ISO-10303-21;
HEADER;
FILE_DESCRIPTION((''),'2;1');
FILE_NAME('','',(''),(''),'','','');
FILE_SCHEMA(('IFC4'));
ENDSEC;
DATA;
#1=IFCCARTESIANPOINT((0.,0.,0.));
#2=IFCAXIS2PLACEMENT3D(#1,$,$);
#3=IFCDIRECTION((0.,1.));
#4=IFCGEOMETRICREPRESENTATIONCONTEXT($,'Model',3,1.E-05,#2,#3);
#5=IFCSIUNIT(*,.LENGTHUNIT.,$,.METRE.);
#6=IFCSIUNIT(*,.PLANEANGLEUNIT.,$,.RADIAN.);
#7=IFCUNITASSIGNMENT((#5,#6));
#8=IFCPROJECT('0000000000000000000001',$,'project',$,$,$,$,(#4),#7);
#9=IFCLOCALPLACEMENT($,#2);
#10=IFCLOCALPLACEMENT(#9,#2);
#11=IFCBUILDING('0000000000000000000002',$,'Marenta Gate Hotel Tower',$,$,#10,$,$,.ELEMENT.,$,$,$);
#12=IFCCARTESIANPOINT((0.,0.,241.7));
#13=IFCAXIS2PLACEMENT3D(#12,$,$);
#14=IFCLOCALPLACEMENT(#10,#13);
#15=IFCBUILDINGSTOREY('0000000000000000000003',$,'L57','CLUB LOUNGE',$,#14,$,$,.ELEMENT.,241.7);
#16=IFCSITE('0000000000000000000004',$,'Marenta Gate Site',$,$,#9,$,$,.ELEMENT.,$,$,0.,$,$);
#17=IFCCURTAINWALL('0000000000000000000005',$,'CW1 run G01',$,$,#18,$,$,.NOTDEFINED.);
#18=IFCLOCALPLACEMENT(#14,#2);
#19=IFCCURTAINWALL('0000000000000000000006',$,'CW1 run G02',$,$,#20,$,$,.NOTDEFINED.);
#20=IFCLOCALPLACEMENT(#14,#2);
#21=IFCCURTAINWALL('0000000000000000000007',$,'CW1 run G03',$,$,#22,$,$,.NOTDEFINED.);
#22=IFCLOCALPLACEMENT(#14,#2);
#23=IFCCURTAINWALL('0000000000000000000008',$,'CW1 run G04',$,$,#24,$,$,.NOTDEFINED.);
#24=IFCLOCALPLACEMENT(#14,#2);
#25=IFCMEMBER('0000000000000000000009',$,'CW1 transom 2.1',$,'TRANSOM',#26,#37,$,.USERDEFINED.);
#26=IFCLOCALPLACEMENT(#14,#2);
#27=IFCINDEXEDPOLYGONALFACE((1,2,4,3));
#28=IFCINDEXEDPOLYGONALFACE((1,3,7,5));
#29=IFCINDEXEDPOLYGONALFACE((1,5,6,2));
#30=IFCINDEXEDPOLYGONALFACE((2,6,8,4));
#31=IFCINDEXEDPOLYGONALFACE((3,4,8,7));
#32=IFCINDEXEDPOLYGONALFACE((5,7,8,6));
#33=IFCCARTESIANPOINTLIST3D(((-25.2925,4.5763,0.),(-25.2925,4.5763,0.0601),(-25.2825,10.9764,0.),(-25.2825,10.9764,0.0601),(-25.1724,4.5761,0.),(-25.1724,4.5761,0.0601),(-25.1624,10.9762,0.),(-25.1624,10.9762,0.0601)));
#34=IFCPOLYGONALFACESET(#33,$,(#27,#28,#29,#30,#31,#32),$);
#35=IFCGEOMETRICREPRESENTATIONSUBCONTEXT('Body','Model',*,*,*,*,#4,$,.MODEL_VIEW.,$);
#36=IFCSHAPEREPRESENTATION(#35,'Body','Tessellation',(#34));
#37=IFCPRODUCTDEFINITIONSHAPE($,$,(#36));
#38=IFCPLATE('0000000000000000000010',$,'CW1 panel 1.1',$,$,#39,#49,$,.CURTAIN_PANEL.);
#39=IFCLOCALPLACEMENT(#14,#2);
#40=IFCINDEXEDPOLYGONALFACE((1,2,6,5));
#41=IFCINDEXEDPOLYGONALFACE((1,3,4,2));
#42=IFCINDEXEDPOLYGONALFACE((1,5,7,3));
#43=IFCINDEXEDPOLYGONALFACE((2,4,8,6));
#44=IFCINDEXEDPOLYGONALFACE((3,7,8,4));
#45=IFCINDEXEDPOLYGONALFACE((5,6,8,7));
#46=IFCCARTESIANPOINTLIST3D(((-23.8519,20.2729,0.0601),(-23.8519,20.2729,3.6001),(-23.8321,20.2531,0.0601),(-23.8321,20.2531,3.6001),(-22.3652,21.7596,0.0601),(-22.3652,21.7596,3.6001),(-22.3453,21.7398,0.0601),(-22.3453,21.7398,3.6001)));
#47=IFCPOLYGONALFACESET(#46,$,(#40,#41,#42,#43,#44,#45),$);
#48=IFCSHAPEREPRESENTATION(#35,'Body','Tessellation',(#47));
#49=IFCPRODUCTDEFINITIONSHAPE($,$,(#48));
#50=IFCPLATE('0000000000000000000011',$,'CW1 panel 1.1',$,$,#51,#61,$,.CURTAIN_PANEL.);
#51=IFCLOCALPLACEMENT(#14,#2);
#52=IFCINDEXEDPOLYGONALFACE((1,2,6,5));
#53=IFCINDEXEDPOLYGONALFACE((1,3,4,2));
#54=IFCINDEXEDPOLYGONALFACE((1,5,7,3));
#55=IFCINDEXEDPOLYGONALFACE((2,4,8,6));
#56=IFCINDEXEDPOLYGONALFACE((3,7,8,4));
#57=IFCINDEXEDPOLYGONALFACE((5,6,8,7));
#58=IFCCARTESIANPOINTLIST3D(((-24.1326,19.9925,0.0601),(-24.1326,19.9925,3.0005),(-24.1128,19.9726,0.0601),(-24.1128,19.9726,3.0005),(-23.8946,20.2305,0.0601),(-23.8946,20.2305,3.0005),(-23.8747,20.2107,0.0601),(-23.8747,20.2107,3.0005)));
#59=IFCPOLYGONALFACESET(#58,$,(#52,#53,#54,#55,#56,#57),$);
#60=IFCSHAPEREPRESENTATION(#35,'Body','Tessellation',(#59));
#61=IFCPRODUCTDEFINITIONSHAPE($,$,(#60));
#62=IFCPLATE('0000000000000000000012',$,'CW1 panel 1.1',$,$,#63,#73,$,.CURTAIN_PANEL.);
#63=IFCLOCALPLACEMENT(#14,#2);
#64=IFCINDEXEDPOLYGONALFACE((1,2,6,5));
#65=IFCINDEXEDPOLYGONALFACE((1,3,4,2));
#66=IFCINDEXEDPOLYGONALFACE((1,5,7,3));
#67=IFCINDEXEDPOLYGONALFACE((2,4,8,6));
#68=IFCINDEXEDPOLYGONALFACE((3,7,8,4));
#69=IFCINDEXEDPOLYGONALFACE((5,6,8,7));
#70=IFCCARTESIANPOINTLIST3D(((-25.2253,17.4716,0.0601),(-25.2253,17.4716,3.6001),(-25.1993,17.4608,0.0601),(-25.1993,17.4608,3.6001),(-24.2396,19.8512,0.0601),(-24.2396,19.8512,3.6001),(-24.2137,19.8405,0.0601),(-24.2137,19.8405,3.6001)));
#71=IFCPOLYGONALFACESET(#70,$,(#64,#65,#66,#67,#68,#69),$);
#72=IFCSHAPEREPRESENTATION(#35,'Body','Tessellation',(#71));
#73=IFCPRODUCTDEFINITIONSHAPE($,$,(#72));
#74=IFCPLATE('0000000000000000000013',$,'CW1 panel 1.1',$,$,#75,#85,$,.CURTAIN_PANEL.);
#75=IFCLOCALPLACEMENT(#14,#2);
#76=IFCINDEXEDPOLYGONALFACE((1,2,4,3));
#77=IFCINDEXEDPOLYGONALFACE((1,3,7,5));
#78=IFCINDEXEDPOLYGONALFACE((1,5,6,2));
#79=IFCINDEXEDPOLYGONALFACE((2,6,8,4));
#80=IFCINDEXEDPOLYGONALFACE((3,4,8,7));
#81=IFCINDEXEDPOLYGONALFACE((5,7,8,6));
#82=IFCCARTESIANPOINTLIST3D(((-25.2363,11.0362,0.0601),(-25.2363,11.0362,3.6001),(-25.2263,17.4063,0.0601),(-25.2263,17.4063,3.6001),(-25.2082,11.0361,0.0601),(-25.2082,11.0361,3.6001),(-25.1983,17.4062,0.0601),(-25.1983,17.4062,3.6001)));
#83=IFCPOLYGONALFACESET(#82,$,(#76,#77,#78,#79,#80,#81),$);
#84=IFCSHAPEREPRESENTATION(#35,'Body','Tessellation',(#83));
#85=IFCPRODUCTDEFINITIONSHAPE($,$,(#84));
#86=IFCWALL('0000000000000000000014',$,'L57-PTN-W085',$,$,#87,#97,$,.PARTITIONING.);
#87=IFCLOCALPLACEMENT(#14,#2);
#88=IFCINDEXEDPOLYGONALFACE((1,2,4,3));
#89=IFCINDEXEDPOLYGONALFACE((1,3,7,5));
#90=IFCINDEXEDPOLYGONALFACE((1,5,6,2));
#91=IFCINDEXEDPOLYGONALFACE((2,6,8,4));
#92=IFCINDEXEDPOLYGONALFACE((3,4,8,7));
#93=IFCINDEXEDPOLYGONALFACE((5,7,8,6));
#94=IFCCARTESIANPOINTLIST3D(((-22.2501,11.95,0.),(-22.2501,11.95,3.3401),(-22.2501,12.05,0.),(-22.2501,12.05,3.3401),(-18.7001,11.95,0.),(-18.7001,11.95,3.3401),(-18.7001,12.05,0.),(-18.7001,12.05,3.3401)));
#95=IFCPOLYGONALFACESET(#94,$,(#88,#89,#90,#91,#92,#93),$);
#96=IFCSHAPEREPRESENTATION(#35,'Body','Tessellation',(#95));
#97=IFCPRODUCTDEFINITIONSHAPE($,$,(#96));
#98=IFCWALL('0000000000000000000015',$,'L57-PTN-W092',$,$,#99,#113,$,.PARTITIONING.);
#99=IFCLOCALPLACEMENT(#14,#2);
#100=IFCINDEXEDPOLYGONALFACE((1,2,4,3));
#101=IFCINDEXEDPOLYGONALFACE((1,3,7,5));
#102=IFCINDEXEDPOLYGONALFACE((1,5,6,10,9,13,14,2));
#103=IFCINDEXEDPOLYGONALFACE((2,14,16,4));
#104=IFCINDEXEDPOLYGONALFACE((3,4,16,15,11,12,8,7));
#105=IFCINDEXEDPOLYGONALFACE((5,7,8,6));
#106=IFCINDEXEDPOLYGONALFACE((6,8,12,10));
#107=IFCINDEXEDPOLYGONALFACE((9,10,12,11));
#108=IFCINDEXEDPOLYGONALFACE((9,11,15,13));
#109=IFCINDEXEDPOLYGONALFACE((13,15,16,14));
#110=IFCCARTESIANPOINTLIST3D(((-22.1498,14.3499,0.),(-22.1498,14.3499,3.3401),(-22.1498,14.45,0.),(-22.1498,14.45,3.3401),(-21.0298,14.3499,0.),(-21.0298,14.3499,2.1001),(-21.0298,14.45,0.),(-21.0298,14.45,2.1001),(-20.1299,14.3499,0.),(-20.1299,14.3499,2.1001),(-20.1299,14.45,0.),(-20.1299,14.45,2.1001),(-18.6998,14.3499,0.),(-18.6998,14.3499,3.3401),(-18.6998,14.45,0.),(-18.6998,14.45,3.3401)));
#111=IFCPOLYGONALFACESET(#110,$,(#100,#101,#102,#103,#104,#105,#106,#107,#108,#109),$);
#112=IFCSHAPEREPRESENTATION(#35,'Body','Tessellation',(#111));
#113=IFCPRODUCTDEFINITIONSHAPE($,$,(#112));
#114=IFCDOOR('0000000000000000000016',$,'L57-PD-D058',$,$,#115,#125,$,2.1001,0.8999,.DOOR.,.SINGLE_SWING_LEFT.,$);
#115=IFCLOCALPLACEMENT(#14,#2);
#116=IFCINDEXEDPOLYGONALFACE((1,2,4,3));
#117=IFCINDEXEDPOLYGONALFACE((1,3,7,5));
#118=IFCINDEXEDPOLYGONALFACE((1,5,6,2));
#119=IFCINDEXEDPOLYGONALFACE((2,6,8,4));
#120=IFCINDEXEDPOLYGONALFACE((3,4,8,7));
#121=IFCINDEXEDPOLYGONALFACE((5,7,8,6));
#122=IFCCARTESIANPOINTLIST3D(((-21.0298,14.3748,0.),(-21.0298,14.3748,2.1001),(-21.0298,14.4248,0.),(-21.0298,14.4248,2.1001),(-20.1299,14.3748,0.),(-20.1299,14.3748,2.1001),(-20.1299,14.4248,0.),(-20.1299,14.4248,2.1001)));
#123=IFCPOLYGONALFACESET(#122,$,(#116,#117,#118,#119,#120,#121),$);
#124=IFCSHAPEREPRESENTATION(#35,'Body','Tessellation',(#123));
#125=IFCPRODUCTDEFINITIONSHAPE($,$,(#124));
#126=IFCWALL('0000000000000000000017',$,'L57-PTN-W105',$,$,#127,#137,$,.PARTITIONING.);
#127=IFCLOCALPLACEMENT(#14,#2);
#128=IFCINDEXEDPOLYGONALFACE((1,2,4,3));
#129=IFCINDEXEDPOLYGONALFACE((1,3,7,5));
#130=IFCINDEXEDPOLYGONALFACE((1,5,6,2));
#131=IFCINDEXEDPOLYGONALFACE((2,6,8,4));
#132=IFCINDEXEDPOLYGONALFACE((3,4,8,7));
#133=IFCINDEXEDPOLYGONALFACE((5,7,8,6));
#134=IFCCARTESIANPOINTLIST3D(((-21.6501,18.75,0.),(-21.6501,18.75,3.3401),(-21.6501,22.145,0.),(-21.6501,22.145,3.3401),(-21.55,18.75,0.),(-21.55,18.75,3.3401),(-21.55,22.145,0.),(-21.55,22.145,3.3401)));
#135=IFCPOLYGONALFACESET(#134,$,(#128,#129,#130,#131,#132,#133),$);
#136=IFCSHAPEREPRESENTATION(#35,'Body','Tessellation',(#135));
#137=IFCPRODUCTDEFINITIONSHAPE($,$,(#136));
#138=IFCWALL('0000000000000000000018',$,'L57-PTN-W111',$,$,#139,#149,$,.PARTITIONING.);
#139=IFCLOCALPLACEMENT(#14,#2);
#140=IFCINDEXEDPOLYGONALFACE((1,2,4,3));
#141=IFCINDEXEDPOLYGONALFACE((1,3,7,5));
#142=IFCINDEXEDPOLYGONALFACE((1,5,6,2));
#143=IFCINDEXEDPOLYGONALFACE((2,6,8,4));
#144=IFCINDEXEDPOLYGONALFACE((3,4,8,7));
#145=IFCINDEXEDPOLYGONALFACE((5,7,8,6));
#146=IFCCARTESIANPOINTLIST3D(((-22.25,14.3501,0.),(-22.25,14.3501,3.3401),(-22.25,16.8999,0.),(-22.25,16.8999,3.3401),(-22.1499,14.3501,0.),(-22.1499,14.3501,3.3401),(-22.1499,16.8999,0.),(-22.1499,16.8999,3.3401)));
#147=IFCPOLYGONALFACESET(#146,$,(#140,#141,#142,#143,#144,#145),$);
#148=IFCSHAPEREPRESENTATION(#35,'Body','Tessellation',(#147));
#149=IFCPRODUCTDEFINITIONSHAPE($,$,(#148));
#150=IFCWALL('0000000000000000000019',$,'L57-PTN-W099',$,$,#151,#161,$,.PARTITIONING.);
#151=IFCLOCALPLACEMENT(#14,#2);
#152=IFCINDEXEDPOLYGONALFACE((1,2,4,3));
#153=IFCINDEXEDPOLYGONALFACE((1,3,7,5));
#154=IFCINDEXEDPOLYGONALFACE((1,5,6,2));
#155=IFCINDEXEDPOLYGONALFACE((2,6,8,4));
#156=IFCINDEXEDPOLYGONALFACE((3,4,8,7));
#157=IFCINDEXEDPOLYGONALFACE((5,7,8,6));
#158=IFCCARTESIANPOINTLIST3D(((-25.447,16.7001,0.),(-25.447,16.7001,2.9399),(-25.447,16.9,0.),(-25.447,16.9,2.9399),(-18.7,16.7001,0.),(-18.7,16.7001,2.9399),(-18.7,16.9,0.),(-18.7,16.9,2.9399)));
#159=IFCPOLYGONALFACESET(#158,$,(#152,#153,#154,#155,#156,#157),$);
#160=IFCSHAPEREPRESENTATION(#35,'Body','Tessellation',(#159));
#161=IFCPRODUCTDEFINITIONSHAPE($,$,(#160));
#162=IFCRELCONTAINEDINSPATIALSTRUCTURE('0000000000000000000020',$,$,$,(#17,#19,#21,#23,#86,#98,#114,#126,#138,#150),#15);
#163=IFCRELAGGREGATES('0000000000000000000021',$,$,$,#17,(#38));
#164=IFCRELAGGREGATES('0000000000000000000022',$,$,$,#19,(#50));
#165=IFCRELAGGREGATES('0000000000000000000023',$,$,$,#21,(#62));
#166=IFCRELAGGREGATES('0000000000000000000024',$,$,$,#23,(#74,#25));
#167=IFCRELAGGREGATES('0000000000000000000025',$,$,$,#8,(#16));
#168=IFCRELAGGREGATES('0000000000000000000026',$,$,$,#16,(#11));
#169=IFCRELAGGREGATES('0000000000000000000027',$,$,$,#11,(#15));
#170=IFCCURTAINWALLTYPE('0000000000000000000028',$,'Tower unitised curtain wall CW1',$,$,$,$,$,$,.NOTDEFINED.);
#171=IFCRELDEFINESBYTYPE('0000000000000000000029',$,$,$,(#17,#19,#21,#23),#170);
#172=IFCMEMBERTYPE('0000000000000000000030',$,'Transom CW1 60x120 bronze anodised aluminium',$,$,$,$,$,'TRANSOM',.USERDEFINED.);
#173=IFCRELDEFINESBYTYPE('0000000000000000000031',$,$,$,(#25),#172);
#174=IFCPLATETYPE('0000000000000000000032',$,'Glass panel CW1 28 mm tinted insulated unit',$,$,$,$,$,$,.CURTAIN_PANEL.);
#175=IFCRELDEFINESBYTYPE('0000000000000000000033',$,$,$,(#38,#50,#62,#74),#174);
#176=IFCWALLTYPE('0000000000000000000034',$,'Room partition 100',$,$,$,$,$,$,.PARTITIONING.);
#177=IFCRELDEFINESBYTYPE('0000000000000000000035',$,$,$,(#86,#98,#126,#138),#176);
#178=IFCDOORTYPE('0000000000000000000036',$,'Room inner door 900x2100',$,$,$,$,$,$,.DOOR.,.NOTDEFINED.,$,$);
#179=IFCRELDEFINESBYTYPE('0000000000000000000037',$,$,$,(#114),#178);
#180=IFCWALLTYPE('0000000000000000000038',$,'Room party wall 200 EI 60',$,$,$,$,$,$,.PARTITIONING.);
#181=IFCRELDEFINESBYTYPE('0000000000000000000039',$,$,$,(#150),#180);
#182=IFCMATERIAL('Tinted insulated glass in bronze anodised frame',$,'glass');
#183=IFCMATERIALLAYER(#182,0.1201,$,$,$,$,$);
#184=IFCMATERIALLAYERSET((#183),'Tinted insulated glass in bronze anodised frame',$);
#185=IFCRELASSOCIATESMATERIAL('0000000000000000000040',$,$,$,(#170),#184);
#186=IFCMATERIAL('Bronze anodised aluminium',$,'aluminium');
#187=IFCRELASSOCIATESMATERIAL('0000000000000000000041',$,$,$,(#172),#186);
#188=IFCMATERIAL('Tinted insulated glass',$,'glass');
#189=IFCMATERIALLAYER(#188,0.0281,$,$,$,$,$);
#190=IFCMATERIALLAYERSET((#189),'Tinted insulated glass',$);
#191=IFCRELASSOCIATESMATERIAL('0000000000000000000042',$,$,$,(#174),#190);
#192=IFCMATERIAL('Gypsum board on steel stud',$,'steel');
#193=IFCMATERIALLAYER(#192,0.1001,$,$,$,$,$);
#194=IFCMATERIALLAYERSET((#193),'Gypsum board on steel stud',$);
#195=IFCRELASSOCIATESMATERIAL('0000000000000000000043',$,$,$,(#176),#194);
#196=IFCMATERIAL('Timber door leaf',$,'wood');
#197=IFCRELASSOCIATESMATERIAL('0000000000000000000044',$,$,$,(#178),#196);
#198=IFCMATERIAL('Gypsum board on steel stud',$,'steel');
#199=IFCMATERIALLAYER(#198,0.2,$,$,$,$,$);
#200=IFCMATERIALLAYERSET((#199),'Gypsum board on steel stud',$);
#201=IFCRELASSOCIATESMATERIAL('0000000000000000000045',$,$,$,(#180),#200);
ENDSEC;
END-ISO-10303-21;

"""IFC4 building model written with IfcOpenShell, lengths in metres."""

from ifc_helpers import new_model, si_unit, direction, frame, frame_2d, origin, origin_2d, place, context, subcontext, project, spatial, rectangle, extrude, material, layer, layer_set, material_profile, profile_set, type_object, element, fill, aggregate, save


model = new_model("IFC4")

# Units and contexts
model_context = context("Model", 3, precision=1e-05, world=origin(), true_north=direction((0.0, 1.0)))
body_context = subcontext(model_context, "Body", "Model", "MODEL_VIEW")
ifc_project = project(units=[si_unit("LENGTHUNIT", "METRE"), si_unit("PLANEANGLEUNIT", "RADIAN")], contexts=[model_context])

# Site, building, storey
site_placement = place(None, origin())
site = spatial("IfcSite", under=ifc_project, at=site_placement, Name="Marenta Gate Site", CompositionType="ELEMENT", RefElevation=0.0)
building_placement = place(site_placement, origin())
building = spatial("IfcBuilding", under=site, at=building_placement, Name="Marenta Gate Hotel Tower", CompositionType="ELEMENT")
storey_placement = place(building_placement, frame((0.0, 0.0, 241.7)))
storey = spatial("IfcBuildingStorey", under=building, at=storey_placement, Name="L57", Description="CLUB LOUNGE", CompositionType="ELEMENT", Elevation=241.7)

# Curtain wall
ifc_material_1 = material(Name="Tinted insulated glass in bronze anodised frame", Category="glass")
ifc_layer_1 = layer(ifc_material_1, 0.1201)
ifc_layer_set_1 = layer_set([ifc_layer_1], Name="Tinted insulated glass in bronze anodised frame")
curtain_wall_type = type_object("IfcCurtainWallType", Name="Tower unitised curtain wall CW1", PredefinedType="NOTDEFINED", material=ifc_layer_set_1)
curtain_wall_1_placement = place(storey_placement, origin())
curtain_wall_1 = element("IfcCurtainWall", 1, at=curtain_wall_1_placement, inside=storey, type_object=curtain_wall_type, Name="CW1 run G01", PredefinedType="NOTDEFINED")

# Curtain wall
curtain_wall_2_placement = place(storey_placement, origin())
curtain_wall_2 = element("IfcCurtainWall", 2, at=curtain_wall_2_placement, inside=storey, type_object=curtain_wall_type, Name="CW1 run G02", PredefinedType="NOTDEFINED")

# Curtain wall
curtain_wall_3_placement = place(storey_placement, origin())
curtain_wall_3 = element("IfcCurtainWall", 3, at=curtain_wall_3_placement, inside=storey, type_object=curtain_wall_type, Name="CW1 run G03", PredefinedType="NOTDEFINED")

# Curtain wall
curtain_wall_4_placement = place(storey_placement, origin())
curtain_wall_4 = element("IfcCurtainWall", 4, at=curtain_wall_4_placement, inside=storey, type_object=curtain_wall_type, Name="CW1 run G04", PredefinedType="NOTDEFINED")

# Member
ifc_material_2 = material(Name="Bronze anodised aluminium", Category="aluminium")
ifc_material_profile_1 = material_profile(ifc_material_2, rectangle(XDim=0.1201, YDim=0.0601, at=origin_2d()), Name="Transom CW1 60x120 bronze anodised aluminium")
ifc_profile_set_1 = profile_set([ifc_material_profile_1], Name="Bronze anodised aluminium")
member_type_1 = type_object("IfcMemberType", Name="Transom CW1 60x120 bronze anodised aluminium", ElementType="TRANSOM", PredefinedType="USERDEFINED", material=ifc_profile_set_1)
member_1_placement = place(storey_placement, frame((-25.2224, 10.9763, 0.03), z_axis=(-0.001564, -0.999999, 0.0), x_axis=(0.999999, -0.001564, 0.0)))
member_1 = element("IfcMember", 5, at=member_1_placement, type_object=member_type_1, Name="CW1 transom 2.1", ObjectType="TRANSOM", PredefinedType="USERDEFINED", context=body_context, shape_type="SweptSolid", body=[
    extrude(rectangle(XDim=0.1201, YDim=0.0601, at=origin_2d()), origin(), (0.0, 0.0, 1.0), 6.4001),
])

# Plates
ifc_material_3 = material(Name="Tinted insulated glass", Category="glass")
ifc_layer_2 = layer(ifc_material_3, 0.0281)
ifc_layer_set_2 = layer_set([ifc_layer_2], Name="Tinted insulated glass")
plate_type = type_object("IfcPlateType", Name="Glass panel CW1 28 mm tinted insulated unit", PredefinedType="CURTAIN_PANEL", material=ifc_layer_set_2)
plate_1_placement = place(storey_placement, frame((-23.0986, 21.0063, 0.0601), z_axis=(0.0, 0.0, 1.0), x_axis=(-0.707107, -0.707107, 0.0)))
plate_1 = element("IfcPlate", 6, at=plate_1_placement, type_object=plate_type, Name="CW1 panel 1.1", PredefinedType="CURTAIN_PANEL", context=body_context, shape_type="SweptSolid", body=[
    extrude(rectangle(XDim=2.1025, YDim=0.0281, at=origin_2d()), origin(), (0.0, 0.0, 1.0), 3.54),
])
aggregate(curtain_wall_1, [plate_1])
plate_2_placement = place(storey_placement, frame((-24.0037, 20.1016, 0.0601), z_axis=(0.0, 0.0, 1.0), x_axis=(-0.707107, -0.707107, 0.0)))
plate_2 = element("IfcPlate", 7, at=plate_2_placement, type_object=plate_type, Name="CW1 panel 1.1", PredefinedType="CURTAIN_PANEL", context=body_context, shape_type="SweptSolid", body=[
    extrude(rectangle(XDim=0.3367, YDim=0.0281, at=origin_2d()), origin(), (0.0, 0.0, 1.0), 2.9404),
])
aggregate(curtain_wall_2, [plate_2])
plate_3_placement = place(storey_placement, frame((-24.7195, 18.656, 0.0601), z_axis=(0.0, 0.0, 1.0), x_axis=(-0.382667, -0.923886, 0.0)))
plate_3 = element("IfcPlate", 8, at=plate_3_placement, type_object=plate_type, Name="CW1 panel 1.1", PredefinedType="CURTAIN_PANEL", context=body_context, shape_type="SweptSolid", body=[
    extrude(rectangle(XDim=2.5757, YDim=0.0281, at=origin_2d()), origin(), (0.0, 0.0, 1.0), 3.54),
])
aggregate(curtain_wall_3, [plate_3])
plate_4_placement = place(storey_placement, frame((-25.2173, 14.2212, 0.0601), z_axis=(0.0, 0.0, 1.0), x_axis=(-0.001566, -0.999999, 0.0)))
plate_4 = element("IfcPlate", 9, at=plate_4_placement, type_object=plate_type, Name="CW1 panel 1.1", PredefinedType="CURTAIN_PANEL", context=body_context, shape_type="SweptSolid", body=[
    extrude(rectangle(XDim=6.3701, YDim=0.0281, at=origin_2d()), origin(), (0.0, 0.0, 1.0), 3.54),
])
aggregate(curtain_wall_4, [plate_4, member_1])

# Wall
ifc_material_4 = material(Name="Gypsum board on steel stud", Category="steel")
ifc_layer_3 = layer(ifc_material_4, 0.1001)
ifc_layer_set_3 = layer_set([ifc_layer_3], Name="Gypsum board on steel stud")
wall_type_1 = type_object("IfcWallType", Name="Room partition 100", PredefinedType="PARTITIONING", material=ifc_layer_set_3)
wall_1_placement = place(storey_placement, frame((-22.25, 12.0, 0.0), z_axis=(0.0, 0.0, 1.0), x_axis=(1.0, 0.0, 0.0)))
element("IfcWall", 10, at=wall_1_placement, inside=storey, type_object=wall_type_1, Name="L57-PTN-W085", PredefinedType="PARTITIONING", context=body_context, shape_type="SweptSolid", body=[
    extrude(rectangle(XDim=3.55, YDim=0.1001, at=frame_2d((1.7749, 0.0))), origin(), (0.0, 0.0, 1.0), 3.3401),
])

# Wall, opening, door
wall_2_placement = place(storey_placement, frame((-22.1499, 14.3999, 0.0), z_axis=(0.0, 0.0, 1.0), x_axis=(1.0, 0.0, 0.0)))
wall_2 = element("IfcWall", 11, at=wall_2_placement, inside=storey, type_object=wall_type_1, Name="L57-PTN-W092", PredefinedType="PARTITIONING", context=body_context, shape_type="SweptSolid", body=[
    extrude(rectangle(XDim=3.45, YDim=0.1001, at=frame_2d((1.7251, 0.0))), origin(), (0.0, 0.0, 1.0), 3.3401),
])
opening_placement = place(wall_2_placement, frame((1.1201, 0.0, 0.0)))
opening = element("IfcOpeningElement", 12, at=opening_placement, cuts=wall_2, PredefinedType="OPENING", context=body_context, shape_type="SweptSolid", body=[
    extrude(rectangle(XDim=0.8999, YDim=2.1001, at=frame_2d((0.45, 1.05))), frame((0.0, 0.05, 0.0), z_axis=(0.0, -1.0, 0.0), x_axis=(1.0, 0.0, 0.0)), (0.0, 0.0, 1.0), 0.1001),
])
ifc_material_5 = material(Name="Timber door leaf", Category="wood")
door_type = type_object("IfcDoorType", Name="Room inner door 900x2100", OperationType="NOTDEFINED", PredefinedType="DOOR", material=ifc_material_5)
door_placement = place(opening_placement, origin())
door = element("IfcDoor", 13, at=door_placement, inside=storey, type_object=door_type, Name="L57-PD-D058", OperationType="SINGLE_SWING_LEFT", OverallHeight=2.1001, OverallWidth=0.8999, PredefinedType="DOOR", context=body_context, shape_type="SweptSolid", body=[
    extrude(rectangle(XDim=0.8999, YDim=2.1001, at=frame_2d((0.45, 1.05))), frame((0.0, 0.0249, 0.0), z_axis=(0.0, -1.0, 0.0), x_axis=(1.0, 0.0, 0.0)), (0.0, 0.0, 1.0), 0.05),
])
fill(opening, door)

# Walls
wall_3_placement = place(storey_placement, frame((-21.6001, 18.75, 0.0), z_axis=(0.0, 0.0, 1.0), x_axis=(0.0, 1.0, 0.0)))
element("IfcWall", 14, at=wall_3_placement, inside=storey, type_object=wall_type_1, Name="L57-PTN-W105", PredefinedType="PARTITIONING", context=body_context, shape_type="SweptSolid", body=[
    extrude(rectangle(XDim=3.395, YDim=0.1001, at=frame_2d((1.6975, 0.0))), origin(), (0.0, 0.0, 1.0), 3.3401),
])
wall_4_placement = place(storey_placement, frame((-22.2, 14.3501, 0.0), z_axis=(0.0, 0.0, 1.0), x_axis=(0.0, 1.0, 0.0)))
element("IfcWall", 15, at=wall_4_placement, inside=storey, type_object=wall_type_1, Name="L57-PTN-W111", PredefinedType="PARTITIONING", context=body_context, shape_type="SweptSolid", body=[
    extrude(rectangle(XDim=2.5498, YDim=0.1001, at=frame_2d((1.2749, 0.0))), origin(), (0.0, 0.0, 1.0), 3.3401),
])
ifc_material_6 = material(Name="Gypsum board on steel stud", Category="steel")
ifc_layer_4 = layer(ifc_material_6, 0.2)
ifc_layer_set_4 = layer_set([ifc_layer_4], Name="Gypsum board on steel stud")
wall_type_2 = type_object("IfcWallType", Name="Room party wall 200 EI 60", PredefinedType="PARTITIONING", material=ifc_layer_set_4)
wall_5_placement = place(storey_placement, frame((-25.447, 16.8, 0.0), z_axis=(0.0, 0.0, 1.0), x_axis=(1.0, 0.0, 0.0)))
element("IfcWall", 16, at=wall_5_placement, inside=storey, type_object=wall_type_2, Name="L57-PTN-W099", PredefinedType="PARTITIONING", context=body_context, shape_type="SweptSolid", body=[
    extrude(rectangle(XDim=6.7471, YDim=0.2, at=frame_2d((3.3735, 0.0))), origin(), (0.0, 0.0, 1.0), 2.9399),
])

save(model, "model.ifc")
